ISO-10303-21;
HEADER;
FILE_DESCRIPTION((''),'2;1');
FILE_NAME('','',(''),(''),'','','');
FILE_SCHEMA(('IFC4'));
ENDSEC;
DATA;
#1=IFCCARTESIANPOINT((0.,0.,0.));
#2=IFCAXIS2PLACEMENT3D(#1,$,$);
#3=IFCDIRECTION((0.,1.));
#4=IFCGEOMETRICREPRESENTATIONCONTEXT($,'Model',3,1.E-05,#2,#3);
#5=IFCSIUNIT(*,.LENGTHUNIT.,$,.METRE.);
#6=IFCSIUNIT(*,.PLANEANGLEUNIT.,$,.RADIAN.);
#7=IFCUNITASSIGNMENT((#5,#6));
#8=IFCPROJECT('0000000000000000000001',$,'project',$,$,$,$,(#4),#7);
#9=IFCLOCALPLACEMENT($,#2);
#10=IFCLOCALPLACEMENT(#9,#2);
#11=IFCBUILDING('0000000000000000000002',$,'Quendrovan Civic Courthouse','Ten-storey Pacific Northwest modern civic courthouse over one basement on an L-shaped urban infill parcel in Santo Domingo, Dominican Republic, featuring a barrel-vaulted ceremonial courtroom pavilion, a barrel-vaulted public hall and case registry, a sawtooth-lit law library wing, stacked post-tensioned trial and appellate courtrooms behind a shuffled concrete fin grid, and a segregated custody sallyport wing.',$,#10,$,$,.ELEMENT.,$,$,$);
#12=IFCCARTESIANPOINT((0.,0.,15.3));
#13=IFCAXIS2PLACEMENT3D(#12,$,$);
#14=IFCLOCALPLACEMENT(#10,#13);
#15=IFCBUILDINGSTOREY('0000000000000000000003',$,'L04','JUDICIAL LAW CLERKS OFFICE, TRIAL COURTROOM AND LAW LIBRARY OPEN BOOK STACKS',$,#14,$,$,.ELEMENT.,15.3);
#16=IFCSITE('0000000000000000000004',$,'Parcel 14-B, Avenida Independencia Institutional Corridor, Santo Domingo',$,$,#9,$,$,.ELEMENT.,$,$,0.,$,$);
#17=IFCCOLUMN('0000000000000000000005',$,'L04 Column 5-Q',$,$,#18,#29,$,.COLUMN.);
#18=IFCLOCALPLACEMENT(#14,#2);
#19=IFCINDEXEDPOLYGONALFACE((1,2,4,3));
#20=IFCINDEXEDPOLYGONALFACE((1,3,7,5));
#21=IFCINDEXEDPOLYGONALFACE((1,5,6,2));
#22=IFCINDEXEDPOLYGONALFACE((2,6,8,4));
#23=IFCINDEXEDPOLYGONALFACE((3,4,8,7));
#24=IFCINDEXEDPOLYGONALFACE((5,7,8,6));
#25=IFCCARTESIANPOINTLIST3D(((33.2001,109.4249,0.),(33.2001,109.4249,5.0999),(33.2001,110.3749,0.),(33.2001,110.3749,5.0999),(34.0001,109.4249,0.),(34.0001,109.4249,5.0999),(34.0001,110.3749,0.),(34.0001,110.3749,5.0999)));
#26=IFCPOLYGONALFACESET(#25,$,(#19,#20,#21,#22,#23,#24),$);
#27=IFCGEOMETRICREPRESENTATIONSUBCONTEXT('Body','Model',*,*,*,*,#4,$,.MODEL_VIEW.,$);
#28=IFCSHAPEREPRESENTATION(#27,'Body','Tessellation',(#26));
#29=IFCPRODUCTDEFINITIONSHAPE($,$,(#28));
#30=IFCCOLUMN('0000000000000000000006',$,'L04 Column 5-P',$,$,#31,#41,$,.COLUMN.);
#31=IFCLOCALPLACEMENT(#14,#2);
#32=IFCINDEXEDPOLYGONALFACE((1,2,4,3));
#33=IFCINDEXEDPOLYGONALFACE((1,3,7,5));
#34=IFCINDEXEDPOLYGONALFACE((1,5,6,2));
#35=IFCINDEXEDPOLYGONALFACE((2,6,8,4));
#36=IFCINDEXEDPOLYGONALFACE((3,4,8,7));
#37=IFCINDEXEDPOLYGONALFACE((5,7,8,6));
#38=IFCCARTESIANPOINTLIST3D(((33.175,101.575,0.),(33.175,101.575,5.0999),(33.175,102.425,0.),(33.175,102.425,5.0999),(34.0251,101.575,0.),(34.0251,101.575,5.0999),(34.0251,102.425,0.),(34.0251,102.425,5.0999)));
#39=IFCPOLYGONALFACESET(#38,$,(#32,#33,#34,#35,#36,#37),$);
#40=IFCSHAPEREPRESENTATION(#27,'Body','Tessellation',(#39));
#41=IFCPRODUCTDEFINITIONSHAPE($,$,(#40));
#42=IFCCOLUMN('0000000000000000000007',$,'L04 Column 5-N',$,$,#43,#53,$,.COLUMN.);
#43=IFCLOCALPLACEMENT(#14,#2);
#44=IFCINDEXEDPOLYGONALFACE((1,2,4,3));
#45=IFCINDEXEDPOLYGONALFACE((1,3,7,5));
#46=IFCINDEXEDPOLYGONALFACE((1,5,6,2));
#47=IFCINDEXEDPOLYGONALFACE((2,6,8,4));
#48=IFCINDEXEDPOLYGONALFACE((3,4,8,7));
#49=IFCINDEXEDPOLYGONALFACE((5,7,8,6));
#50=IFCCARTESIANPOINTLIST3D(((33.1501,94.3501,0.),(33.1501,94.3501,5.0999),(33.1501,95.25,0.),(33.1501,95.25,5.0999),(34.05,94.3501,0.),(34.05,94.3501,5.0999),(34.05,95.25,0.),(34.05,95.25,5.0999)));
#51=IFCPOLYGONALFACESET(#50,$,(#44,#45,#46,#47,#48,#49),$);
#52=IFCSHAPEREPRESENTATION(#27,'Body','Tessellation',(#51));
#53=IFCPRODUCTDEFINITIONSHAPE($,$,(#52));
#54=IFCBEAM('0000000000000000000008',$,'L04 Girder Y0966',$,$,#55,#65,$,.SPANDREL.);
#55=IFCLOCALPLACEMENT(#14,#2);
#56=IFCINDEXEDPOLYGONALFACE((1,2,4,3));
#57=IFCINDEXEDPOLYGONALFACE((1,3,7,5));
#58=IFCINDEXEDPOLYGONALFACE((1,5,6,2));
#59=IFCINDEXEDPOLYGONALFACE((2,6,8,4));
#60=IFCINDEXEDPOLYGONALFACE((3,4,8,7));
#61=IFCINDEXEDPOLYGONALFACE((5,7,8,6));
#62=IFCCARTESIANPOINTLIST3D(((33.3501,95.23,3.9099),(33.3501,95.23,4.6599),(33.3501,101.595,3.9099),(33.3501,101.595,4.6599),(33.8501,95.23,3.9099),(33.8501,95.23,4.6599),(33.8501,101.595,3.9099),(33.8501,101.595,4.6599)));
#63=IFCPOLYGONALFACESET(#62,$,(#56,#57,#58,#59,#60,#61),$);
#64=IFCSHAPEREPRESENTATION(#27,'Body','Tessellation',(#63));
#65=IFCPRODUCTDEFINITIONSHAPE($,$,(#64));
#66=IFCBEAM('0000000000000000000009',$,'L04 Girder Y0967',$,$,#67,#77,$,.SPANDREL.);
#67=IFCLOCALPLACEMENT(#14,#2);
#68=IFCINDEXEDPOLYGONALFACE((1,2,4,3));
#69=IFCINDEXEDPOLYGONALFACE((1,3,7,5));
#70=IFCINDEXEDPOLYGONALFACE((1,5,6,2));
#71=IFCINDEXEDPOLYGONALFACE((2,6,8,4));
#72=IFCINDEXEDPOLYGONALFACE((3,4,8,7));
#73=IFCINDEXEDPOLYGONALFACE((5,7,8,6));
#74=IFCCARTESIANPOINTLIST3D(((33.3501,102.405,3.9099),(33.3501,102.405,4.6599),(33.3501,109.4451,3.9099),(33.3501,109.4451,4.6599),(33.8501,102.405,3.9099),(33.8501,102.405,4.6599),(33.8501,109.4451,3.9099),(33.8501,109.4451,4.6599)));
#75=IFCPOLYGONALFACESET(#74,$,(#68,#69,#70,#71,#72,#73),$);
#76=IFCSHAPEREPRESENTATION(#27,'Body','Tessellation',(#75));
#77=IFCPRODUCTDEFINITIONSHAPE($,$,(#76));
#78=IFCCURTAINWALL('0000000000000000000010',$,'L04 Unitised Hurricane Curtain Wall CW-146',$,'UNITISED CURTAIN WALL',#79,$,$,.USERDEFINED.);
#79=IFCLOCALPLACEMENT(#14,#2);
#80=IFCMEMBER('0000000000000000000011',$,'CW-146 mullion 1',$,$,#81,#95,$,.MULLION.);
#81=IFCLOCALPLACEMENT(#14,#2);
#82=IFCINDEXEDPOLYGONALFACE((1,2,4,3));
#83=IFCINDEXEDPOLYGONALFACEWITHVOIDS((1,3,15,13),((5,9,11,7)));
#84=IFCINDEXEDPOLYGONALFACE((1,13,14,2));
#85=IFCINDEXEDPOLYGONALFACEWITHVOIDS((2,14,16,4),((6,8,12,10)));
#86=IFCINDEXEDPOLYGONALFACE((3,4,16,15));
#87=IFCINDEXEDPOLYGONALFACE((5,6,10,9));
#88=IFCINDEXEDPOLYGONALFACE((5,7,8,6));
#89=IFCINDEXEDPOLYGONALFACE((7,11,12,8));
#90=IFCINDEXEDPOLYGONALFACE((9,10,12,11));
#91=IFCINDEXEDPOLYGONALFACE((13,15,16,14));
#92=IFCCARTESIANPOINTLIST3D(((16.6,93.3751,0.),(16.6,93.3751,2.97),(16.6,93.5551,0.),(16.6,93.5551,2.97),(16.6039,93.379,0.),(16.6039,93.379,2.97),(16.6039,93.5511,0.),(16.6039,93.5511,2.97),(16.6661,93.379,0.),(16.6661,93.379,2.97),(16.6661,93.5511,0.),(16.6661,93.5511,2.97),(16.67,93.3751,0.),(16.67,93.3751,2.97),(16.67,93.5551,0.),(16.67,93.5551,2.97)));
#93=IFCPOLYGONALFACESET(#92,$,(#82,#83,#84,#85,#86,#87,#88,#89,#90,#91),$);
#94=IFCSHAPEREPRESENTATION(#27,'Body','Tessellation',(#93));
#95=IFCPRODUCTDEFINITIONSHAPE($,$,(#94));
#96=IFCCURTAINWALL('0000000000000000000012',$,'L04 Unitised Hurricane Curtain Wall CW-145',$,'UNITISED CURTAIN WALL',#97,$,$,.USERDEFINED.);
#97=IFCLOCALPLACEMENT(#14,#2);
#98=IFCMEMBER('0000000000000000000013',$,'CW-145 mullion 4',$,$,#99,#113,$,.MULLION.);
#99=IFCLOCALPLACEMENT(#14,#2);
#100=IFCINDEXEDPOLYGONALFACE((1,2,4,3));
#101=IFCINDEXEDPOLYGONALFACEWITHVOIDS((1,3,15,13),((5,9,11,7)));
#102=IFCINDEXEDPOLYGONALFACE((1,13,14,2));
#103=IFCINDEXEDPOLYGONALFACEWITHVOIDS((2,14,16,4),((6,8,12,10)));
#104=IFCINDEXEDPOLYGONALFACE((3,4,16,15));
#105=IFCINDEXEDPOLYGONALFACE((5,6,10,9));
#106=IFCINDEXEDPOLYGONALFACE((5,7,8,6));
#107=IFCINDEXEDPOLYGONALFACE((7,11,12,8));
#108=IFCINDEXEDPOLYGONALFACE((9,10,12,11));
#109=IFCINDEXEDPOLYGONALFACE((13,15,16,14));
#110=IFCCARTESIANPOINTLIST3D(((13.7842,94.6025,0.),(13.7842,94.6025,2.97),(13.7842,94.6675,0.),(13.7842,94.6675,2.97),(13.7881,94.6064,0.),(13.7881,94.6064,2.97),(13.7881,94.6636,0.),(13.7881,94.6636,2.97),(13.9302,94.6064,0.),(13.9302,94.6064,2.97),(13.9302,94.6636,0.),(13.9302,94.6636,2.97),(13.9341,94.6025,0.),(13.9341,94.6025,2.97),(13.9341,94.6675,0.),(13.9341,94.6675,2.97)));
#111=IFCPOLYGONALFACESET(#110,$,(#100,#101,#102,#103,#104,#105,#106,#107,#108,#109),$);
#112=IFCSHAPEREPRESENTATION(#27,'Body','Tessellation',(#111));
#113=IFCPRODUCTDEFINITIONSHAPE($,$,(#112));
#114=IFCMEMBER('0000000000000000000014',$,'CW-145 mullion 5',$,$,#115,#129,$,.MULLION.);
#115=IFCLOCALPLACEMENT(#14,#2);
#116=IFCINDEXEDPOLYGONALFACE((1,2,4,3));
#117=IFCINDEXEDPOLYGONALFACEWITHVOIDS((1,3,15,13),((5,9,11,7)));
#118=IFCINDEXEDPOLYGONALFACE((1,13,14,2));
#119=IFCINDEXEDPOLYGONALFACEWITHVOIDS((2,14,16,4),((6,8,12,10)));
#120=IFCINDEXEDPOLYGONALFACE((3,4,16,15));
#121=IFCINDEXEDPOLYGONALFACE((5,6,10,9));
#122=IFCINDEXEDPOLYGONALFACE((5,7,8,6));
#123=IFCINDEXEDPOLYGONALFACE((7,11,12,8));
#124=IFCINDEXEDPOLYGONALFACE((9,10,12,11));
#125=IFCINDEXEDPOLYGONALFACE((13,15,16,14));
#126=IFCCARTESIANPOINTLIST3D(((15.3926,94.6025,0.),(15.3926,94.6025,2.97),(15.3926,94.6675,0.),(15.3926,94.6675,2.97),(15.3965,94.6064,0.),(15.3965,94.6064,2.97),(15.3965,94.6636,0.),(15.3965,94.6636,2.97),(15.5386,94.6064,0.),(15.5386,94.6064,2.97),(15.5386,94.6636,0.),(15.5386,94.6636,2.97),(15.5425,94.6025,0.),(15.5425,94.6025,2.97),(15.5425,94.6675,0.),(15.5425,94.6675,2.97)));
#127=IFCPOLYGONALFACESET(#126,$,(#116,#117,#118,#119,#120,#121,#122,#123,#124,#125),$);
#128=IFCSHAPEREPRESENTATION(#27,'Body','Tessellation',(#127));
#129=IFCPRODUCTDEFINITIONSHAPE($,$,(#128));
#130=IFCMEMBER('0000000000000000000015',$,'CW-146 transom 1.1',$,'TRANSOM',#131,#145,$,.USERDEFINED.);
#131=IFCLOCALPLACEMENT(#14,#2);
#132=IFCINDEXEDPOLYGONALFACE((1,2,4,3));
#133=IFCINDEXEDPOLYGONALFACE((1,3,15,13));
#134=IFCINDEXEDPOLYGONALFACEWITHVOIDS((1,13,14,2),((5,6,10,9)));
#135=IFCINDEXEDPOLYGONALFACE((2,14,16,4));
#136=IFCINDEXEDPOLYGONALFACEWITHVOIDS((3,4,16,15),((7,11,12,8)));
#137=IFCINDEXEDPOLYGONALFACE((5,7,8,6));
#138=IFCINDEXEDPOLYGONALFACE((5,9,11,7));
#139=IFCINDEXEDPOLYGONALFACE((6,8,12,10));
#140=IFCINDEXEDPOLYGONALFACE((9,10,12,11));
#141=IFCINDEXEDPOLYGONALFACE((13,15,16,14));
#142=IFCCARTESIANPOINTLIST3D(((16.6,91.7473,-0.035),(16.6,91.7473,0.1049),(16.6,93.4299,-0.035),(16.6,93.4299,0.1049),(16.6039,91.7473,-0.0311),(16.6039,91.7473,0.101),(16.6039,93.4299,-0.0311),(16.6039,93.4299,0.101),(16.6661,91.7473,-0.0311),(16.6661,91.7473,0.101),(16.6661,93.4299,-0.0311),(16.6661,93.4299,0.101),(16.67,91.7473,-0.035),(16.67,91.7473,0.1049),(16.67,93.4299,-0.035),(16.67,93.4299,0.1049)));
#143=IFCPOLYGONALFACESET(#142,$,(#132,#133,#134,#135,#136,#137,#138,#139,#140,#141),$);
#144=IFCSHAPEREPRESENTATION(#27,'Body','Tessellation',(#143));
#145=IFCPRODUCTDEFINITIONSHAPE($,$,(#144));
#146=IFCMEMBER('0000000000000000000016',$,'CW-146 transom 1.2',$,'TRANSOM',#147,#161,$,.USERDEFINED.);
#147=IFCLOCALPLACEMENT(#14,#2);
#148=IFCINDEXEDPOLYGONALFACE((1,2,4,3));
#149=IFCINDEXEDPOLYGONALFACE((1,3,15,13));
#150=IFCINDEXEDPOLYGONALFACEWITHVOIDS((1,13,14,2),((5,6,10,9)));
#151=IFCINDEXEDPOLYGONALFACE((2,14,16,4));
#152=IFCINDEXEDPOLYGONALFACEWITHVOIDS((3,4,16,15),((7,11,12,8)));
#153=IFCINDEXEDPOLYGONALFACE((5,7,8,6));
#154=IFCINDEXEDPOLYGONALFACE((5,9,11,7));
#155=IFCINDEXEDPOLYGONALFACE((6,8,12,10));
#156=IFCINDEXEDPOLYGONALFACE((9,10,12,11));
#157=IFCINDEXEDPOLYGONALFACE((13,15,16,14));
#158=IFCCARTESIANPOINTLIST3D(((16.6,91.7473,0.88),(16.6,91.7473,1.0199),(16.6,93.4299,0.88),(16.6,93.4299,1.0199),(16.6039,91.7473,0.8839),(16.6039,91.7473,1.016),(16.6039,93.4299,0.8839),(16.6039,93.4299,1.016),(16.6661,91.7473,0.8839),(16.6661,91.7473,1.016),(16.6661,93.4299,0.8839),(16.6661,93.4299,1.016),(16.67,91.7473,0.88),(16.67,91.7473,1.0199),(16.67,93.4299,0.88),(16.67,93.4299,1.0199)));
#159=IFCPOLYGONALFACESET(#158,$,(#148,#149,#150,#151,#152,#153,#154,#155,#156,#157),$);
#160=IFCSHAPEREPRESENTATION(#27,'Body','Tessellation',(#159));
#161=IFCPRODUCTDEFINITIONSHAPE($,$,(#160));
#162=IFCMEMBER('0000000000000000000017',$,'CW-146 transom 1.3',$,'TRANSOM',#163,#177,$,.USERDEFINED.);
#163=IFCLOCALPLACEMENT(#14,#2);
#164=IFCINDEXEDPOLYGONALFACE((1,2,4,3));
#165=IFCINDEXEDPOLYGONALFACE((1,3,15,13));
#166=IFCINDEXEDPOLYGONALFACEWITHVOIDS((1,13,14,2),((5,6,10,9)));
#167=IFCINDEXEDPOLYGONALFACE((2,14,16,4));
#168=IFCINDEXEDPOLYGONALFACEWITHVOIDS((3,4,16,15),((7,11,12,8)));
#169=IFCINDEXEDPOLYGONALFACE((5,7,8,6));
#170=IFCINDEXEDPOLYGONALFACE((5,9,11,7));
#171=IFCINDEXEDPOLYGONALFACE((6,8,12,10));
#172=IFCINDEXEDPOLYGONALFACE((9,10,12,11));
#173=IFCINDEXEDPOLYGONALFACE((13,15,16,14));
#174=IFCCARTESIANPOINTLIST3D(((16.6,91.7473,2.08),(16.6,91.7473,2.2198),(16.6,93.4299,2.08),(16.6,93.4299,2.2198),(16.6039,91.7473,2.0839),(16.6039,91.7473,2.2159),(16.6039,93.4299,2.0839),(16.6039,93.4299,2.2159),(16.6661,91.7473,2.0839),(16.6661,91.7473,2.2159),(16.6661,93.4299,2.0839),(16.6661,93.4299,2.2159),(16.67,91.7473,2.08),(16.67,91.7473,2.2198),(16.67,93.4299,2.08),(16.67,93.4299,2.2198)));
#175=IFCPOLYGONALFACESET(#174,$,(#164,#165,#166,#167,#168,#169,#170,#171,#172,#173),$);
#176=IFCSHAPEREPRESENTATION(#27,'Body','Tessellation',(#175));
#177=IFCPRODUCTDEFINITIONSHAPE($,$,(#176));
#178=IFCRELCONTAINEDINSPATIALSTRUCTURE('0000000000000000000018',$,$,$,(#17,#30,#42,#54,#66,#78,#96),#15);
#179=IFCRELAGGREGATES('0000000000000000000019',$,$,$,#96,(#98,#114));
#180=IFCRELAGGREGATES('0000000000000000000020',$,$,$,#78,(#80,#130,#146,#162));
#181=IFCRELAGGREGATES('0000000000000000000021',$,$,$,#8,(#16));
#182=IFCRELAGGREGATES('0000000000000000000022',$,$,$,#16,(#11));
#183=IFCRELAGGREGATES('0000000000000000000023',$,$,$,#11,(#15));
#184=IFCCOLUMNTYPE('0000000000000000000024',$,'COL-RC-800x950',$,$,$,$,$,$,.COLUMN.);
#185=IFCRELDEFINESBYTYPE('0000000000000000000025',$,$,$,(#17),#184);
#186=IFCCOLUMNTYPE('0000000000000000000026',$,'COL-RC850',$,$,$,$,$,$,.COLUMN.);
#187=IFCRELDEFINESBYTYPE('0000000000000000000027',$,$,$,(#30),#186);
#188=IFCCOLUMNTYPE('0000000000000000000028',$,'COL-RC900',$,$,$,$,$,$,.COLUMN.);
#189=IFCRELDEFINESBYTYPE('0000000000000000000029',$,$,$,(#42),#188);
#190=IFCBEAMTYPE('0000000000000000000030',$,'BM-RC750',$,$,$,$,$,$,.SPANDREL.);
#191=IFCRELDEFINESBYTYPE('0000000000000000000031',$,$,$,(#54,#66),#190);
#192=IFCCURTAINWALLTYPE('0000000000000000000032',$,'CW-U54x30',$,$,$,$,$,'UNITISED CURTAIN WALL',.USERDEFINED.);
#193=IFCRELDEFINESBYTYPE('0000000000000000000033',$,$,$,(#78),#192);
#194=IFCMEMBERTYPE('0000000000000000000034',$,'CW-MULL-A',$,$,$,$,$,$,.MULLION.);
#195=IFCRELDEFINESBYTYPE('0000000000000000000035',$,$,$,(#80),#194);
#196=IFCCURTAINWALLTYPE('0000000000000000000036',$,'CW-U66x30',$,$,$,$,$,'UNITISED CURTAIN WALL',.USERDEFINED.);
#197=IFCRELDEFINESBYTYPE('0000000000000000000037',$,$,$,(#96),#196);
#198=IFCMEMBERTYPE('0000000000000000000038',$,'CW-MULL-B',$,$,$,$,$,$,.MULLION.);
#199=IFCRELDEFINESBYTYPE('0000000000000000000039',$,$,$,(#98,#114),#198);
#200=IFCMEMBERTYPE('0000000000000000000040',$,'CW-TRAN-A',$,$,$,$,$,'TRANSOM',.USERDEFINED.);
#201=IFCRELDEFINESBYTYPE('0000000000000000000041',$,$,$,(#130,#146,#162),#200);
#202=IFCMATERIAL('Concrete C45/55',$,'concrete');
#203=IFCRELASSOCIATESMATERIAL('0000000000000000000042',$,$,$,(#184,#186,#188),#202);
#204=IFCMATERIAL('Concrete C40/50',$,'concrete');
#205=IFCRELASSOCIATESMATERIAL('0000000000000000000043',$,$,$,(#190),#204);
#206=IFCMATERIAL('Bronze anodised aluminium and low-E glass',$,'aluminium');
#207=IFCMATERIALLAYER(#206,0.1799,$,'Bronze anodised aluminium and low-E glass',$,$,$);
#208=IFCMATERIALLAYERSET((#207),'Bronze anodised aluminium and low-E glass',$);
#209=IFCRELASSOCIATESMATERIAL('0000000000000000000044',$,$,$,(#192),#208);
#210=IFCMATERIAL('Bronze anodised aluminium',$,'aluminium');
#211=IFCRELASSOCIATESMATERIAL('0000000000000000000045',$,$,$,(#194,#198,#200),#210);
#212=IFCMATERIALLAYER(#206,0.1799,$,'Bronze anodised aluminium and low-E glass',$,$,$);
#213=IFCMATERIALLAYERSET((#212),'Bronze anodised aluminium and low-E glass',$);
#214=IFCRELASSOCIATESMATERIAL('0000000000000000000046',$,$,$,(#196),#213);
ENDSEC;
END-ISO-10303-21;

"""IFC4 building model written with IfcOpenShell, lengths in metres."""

from ifc_helpers import new_model, si_unit, direction, frame, origin, origin_2d, place, context, subcontext, project, spatial, rectangle, hollow_rectangle, extrude, material, layer, layer_set, material_profile, profile_set, type_object, element, aggregate, save


model = new_model("IFC4")

# Units and contexts
model_context = context("Model", 3, precision=1e-05, world=origin(), true_north=direction((0.0, 1.0)))
body_context = subcontext(model_context, "Body", "Model", "MODEL_VIEW")
ifc_project = project(units=[si_unit("LENGTHUNIT", "METRE"), si_unit("PLANEANGLEUNIT", "RADIAN")], contexts=[model_context])

# Site, building, storey
site_placement = place(None, origin())
site = spatial("IfcSite", under=ifc_project, at=site_placement, Name="Parcel 14-B, Avenida Independencia Institutional Corridor, Santo Domingo", CompositionType="ELEMENT", RefElevation=0.0)
building_placement = place(site_placement, origin())
building = spatial("IfcBuilding", under=site, at=building_placement, Name="Quendrovan Civic Courthouse", Description="Ten-storey Pacific Northwest modern civic courthouse over one basement on an L-shaped urban infill parcel in Santo Domingo, Dominican Republic, featuring a barrel-vaulted ceremonial courtroom pavilion, a barrel-vaulted public hall and case registry, a sawtooth-lit law library wing, stacked post-tensioned trial and appellate courtrooms behind a shuffled concrete fin grid, and a segregated custody sallyport wing.", CompositionType="ELEMENT")
storey_placement = place(building_placement, frame((0.0, 0.0, 15.3)))
storey = spatial("IfcBuildingStorey", under=building, at=storey_placement, Name="L04", Description="JUDICIAL LAW CLERKS OFFICE, TRIAL COURTROOM AND LAW LIBRARY OPEN BOOK STACKS", CompositionType="ELEMENT", Elevation=15.3)

# Columns
ifc_material_1 = material(Name="Concrete C45/55", Category="concrete")
ifc_material_profile_1 = material_profile(ifc_material_1, rectangle(XDim=0.8, YDim=0.95, at=origin_2d()), Name="RC-COL-800x950")
ifc_profile_set_1 = profile_set([ifc_material_profile_1], Name="Concrete C45/55")
column_type_1 = type_object("IfcColumnType", Name="COL-RC-800x950", PredefinedType="COLUMN", material=ifc_profile_set_1)
column_1_placement = place(storey_placement, frame((33.6001, 109.8999, 0.0), z_axis=(0.0, 0.0, 1.0), x_axis=(1.0, 0.0, 0.0)))
element("IfcColumn", 1, at=column_1_placement, inside=storey, type_object=column_type_1, Name="L04 Column 5-Q", PredefinedType="COLUMN", context=body_context, shape_type="SweptSolid", body=[
    extrude(rectangle(XDim=0.8, YDim=0.95, at=origin_2d()), origin(), (0.0, 0.0, 1.0), 5.0999),
])
ifc_material_profile_2 = material_profile(ifc_material_1, rectangle(XDim=0.8501, YDim=0.8501, at=origin_2d()), Name="RC-COL-850x850")
ifc_profile_set_2 = profile_set([ifc_material_profile_2], Name="Concrete C45/55")
column_type_2 = type_object("IfcColumnType", Name="COL-RC850", PredefinedType="COLUMN", material=ifc_profile_set_2)
column_2_placement = place(storey_placement, frame((33.6001, 102.0, 0.0), z_axis=(0.0, 0.0, 1.0), x_axis=(1.0, 0.0, 0.0)))
element("IfcColumn", 2, at=column_2_placement, inside=storey, type_object=column_type_2, Name="L04 Column 5-P", PredefinedType="COLUMN", context=body_context, shape_type="SweptSolid", body=[
    extrude(rectangle(XDim=0.8501, YDim=0.8501, at=origin_2d()), origin(), (0.0, 0.0, 1.0), 5.0999),
])
ifc_material_profile_3 = material_profile(ifc_material_1, rectangle(XDim=0.8999, YDim=0.8999, at=origin_2d()), Name="RC-COL-900x900")
ifc_profile_set_3 = profile_set([ifc_material_profile_3], Name="Concrete C45/55")
column_type_3 = type_object("IfcColumnType", Name="COL-RC900", PredefinedType="COLUMN", material=ifc_profile_set_3)
column_3_placement = place(storey_placement, frame((33.6001, 94.8, 0.0), z_axis=(0.0, 0.0, 1.0), x_axis=(1.0, 0.0, 0.0)))
element("IfcColumn", 3, at=column_3_placement, inside=storey, type_object=column_type_3, Name="L04 Column 5-N", PredefinedType="COLUMN", context=body_context, shape_type="SweptSolid", body=[
    extrude(rectangle(XDim=0.8999, YDim=0.8999, at=origin_2d()), origin(), (0.0, 0.0, 1.0), 5.0999),
])

# Beams
ifc_material_2 = material(Name="Concrete C40/50", Category="concrete")
ifc_material_profile_4 = material_profile(ifc_material_2, rectangle(XDim=0.5, YDim=0.75, at=origin_2d()), Name="RC-BM-500x750")
ifc_profile_set_4 = profile_set([ifc_material_profile_4], Name="Concrete C40/50")
beam_type = type_object("IfcBeamType", Name="BM-RC750", PredefinedType="SPANDREL", material=ifc_profile_set_4)
beam_1_placement = place(storey_placement, frame((33.6001, 95.23, 4.2849), z_axis=(0.0, 1.0, 0.0), x_axis=(-1.0, 0.0, 0.0)))
element("IfcBeam", 4, at=beam_1_placement, inside=storey, type_object=beam_type, Name="L04 Girder Y0966", PredefinedType="SPANDREL", context=body_context, shape_type="SweptSolid", body=[
    extrude(rectangle(XDim=0.5, YDim=0.75, at=origin_2d()), origin(), (0.0, 0.0, 1.0), 6.365),
])
beam_2_placement = place(storey_placement, frame((33.6001, 102.405, 4.2849), z_axis=(0.0, 1.0, 0.0), x_axis=(-1.0, 0.0, 0.0)))
element("IfcBeam", 5, at=beam_2_placement, inside=storey, type_object=beam_type, Name="L04 Girder Y0967", PredefinedType="SPANDREL", context=body_context, shape_type="SweptSolid", body=[
    extrude(rectangle(XDim=0.5, YDim=0.75, at=origin_2d()), origin(), (0.0, 0.0, 1.0), 7.04),
])

# Curtain wall, member
ifc_material_3 = material(Name="Bronze anodised aluminium and low-E glass", Category="aluminium")
ifc_layer_1 = layer(ifc_material_3, 0.1799, Name="Bronze anodised aluminium and low-E glass")
ifc_layer_set_1 = layer_set([ifc_layer_1], Name="Bronze anodised aluminium and low-E glass")
curtain_wall_type_1 = type_object("IfcCurtainWallType", Name="CW-U54x30", ElementType="UNITISED CURTAIN WALL", PredefinedType="USERDEFINED", material=ifc_layer_set_1)
curtain_wall_1_placement = place(storey_placement, origin())
curtain_wall_1 = element("IfcCurtainWall", 6, at=curtain_wall_1_placement, inside=storey, type_object=curtain_wall_type_1, Name="L04 Unitised Hurricane Curtain Wall CW-146", ObjectType="UNITISED CURTAIN WALL", PredefinedType="USERDEFINED")
ifc_material_4 = material(Name="Bronze anodised aluminium", Category="aluminium")
ifc_material_profile_5 = material_profile(ifc_material_4, hollow_rectangle(XDim=0.0701, YDim=0.1799, WallThickness=0.0039, at=origin_2d()), Name="CW-MULL-70x180")
ifc_profile_set_5 = profile_set([ifc_material_profile_5], Name="Bronze anodised aluminium")
member_type_1 = type_object("IfcMemberType", Name="CW-MULL-A", PredefinedType="MULLION", material=ifc_profile_set_5)
member_1_placement = place(storey_placement, frame((16.635, 93.4651, 0.0), z_axis=(0.0, 0.0, 1.0), x_axis=(1.0, 0.0, 0.0)))
member_1 = element("IfcMember", 7, at=member_1_placement, type_object=member_type_1, Name="CW-146 mullion 1", PredefinedType="MULLION", context=body_context, shape_type="SweptSolid", body=[
    extrude(hollow_rectangle(XDim=0.0701, YDim=0.1799, WallThickness=0.0039, at=origin_2d()), origin(), (0.0, 0.0, 1.0), 2.97),
])

# Curtain wall, members
ifc_layer_2 = layer(ifc_material_3, 0.1799, Name="Bronze anodised aluminium and low-E glass")
ifc_layer_set_2 = layer_set([ifc_layer_2], Name="Bronze anodised aluminium and low-E glass")
curtain_wall_type_2 = type_object("IfcCurtainWallType", Name="CW-U66x30", ElementType="UNITISED CURTAIN WALL", PredefinedType="USERDEFINED", material=ifc_layer_set_2)
curtain_wall_2_placement = place(storey_placement, origin())
curtain_wall_2 = element("IfcCurtainWall", 8, at=curtain_wall_2_placement, inside=storey, type_object=curtain_wall_type_2, Name="L04 Unitised Hurricane Curtain Wall CW-145", ObjectType="UNITISED CURTAIN WALL", PredefinedType="USERDEFINED")
ifc_material_profile_6 = material_profile(ifc_material_4, hollow_rectangle(XDim=0.0649, YDim=0.1499, WallThickness=0.0039, at=origin_2d()), Name="CW-MULL-65x150")
ifc_profile_set_6 = profile_set([ifc_material_profile_6], Name="Bronze anodised aluminium")
member_type_2 = type_object("IfcMemberType", Name="CW-MULL-B", PredefinedType="MULLION", material=ifc_profile_set_6)
member_2_placement = place(storey_placement, frame((13.8591, 94.635, 0.0), z_axis=(0.0, 0.0, 1.0), x_axis=(0.0, 1.0, 0.0)))
member_2 = element("IfcMember", 9, at=member_2_placement, type_object=member_type_2, Name="CW-145 mullion 4", PredefinedType="MULLION", context=body_context, shape_type="SweptSolid", body=[
    extrude(hollow_rectangle(XDim=0.0649, YDim=0.1499, WallThickness=0.0039, at=origin_2d()), origin(), (0.0, 0.0, 1.0), 2.97),
])
member_3_placement = place(storey_placement, frame((15.4675, 94.635, 0.0), z_axis=(0.0, 0.0, 1.0), x_axis=(0.0, 1.0, 0.0)))
member_3 = element("IfcMember", 10, at=member_3_placement, type_object=member_type_2, Name="CW-145 mullion 5", PredefinedType="MULLION", context=body_context, shape_type="SweptSolid", body=[
    extrude(hollow_rectangle(XDim=0.0649, YDim=0.1499, WallThickness=0.0039, at=origin_2d()), origin(), (0.0, 0.0, 1.0), 2.97),
])

# Members
ifc_material_profile_7 = material_profile(ifc_material_4, hollow_rectangle(XDim=0.0701, YDim=0.1399, WallThickness=0.0039, at=origin_2d()), Name="CW-TRAN-70x140")
ifc_profile_set_7 = profile_set([ifc_material_profile_7], Name="Bronze anodised aluminium")
member_type_3 = type_object("IfcMemberType", Name="CW-TRAN-A", ElementType="TRANSOM", PredefinedType="USERDEFINED", material=ifc_profile_set_7)
member_4_placement = place(storey_placement, frame((16.635, 93.4299, 0.0349), z_axis=(0.0, -1.0, 0.0), x_axis=(1.0, 0.0, 0.0)))
member_4 = element("IfcMember", 11, at=member_4_placement, type_object=member_type_3, Name="CW-146 transom 1.1", ObjectType="TRANSOM", PredefinedType="USERDEFINED", context=body_context, shape_type="SweptSolid", body=[
    extrude(hollow_rectangle(XDim=0.0701, YDim=0.1399, WallThickness=0.0039, at=origin_2d()), origin(), (0.0, 0.0, 1.0), 1.6826),
])
member_5_placement = place(storey_placement, frame((16.635, 93.4299, 0.95), z_axis=(0.0, -1.0, 0.0), x_axis=(1.0, 0.0, 0.0)))
member_5 = element("IfcMember", 12, at=member_5_placement, type_object=member_type_3, Name="CW-146 transom 1.2", ObjectType="TRANSOM", PredefinedType="USERDEFINED", context=body_context, shape_type="SweptSolid", body=[
    extrude(hollow_rectangle(XDim=0.0701, YDim=0.1399, WallThickness=0.0039, at=origin_2d()), origin(), (0.0, 0.0, 1.0), 1.6826),
])
member_6_placement = place(storey_placement, frame((16.635, 93.4299, 2.1499), z_axis=(0.0, -1.0, 0.0), x_axis=(1.0, 0.0, 0.0)))
member_6 = element("IfcMember", 13, at=member_6_placement, type_object=member_type_3, Name="CW-146 transom 1.3", ObjectType="TRANSOM", PredefinedType="USERDEFINED", context=body_context, shape_type="SweptSolid", body=[
    extrude(hollow_rectangle(XDim=0.0701, YDim=0.1399, WallThickness=0.0039, at=origin_2d()), origin(), (0.0, 0.0, 1.0), 1.6826),
])

aggregate(curtain_wall_2, [member_2, member_3])
aggregate(curtain_wall_1, [member_1, member_4, member_5, member_6])

save(model, "model.ifc")
